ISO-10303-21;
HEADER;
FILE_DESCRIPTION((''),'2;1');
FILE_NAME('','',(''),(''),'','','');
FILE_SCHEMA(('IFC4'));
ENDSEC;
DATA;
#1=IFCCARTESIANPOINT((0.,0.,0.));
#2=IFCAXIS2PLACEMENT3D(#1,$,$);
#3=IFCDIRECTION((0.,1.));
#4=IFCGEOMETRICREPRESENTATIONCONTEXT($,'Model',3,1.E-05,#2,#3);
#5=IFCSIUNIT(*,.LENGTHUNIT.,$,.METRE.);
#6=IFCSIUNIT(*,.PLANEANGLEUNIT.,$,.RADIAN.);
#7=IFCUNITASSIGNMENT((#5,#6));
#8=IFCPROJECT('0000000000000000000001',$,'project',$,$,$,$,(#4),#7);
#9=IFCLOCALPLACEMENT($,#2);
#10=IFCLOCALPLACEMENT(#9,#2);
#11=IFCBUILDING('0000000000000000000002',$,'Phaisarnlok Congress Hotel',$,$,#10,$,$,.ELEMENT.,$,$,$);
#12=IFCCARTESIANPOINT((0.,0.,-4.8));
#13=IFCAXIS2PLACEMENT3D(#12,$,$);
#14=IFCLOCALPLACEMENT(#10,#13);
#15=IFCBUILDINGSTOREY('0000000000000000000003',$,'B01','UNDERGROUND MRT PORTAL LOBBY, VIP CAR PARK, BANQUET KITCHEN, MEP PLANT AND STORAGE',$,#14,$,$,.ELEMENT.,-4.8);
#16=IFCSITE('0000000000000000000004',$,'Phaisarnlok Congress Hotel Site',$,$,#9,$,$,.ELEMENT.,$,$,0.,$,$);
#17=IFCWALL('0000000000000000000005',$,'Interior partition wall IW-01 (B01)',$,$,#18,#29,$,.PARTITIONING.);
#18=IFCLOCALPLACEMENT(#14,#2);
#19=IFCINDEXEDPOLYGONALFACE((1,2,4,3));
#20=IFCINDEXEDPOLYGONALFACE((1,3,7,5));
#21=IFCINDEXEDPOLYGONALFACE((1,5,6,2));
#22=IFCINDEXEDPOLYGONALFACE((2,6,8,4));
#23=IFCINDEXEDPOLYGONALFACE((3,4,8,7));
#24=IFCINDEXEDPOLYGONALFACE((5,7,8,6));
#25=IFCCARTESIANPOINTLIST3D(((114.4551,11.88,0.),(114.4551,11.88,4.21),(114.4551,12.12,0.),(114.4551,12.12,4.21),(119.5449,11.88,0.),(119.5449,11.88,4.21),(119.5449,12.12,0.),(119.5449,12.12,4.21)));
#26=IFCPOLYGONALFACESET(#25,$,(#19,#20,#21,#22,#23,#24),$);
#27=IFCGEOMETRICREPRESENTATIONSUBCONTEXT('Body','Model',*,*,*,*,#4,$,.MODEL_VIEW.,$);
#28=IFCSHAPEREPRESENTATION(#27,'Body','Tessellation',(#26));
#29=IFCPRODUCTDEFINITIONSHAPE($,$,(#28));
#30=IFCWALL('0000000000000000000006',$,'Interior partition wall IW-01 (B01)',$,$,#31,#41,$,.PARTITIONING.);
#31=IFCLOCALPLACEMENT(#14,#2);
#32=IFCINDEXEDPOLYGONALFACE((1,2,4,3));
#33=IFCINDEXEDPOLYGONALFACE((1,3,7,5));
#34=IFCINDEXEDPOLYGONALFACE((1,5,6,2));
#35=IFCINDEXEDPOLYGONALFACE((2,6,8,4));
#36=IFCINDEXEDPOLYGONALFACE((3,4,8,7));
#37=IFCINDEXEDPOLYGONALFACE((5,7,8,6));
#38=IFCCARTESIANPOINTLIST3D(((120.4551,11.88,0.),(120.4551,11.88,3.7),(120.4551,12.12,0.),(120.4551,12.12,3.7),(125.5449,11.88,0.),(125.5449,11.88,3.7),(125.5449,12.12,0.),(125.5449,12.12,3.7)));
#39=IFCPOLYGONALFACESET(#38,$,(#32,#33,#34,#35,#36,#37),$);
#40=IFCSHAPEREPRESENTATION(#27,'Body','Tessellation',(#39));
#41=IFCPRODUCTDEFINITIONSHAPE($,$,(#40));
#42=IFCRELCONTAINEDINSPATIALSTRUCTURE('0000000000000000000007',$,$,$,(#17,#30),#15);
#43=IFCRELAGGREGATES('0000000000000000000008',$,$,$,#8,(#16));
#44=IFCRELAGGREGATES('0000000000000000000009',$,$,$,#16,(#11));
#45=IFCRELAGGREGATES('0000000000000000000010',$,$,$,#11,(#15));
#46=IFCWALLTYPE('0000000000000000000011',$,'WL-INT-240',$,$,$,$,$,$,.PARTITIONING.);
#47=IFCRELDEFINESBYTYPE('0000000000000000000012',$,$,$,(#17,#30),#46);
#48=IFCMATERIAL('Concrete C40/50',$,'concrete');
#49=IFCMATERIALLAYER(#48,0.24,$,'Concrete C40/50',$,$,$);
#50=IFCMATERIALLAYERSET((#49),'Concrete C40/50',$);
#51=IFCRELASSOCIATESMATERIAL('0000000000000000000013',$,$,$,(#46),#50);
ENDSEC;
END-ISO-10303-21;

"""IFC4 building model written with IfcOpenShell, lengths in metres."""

from ifc_helpers import new_model, si_unit, direction, frame, frame_2d, origin, place, context, subcontext, project, spatial, rectangle, extrude, material, layer, layer_set, type_object, element, save


model = new_model("IFC4")

# Units and contexts
model_context = context("Model", 3, precision=1e-05, world=origin(), true_north=direction((0.0, 1.0)))
body_context = subcontext(model_context, "Body", "Model", "MODEL_VIEW")
ifc_project = project(units=[si_unit("LENGTHUNIT", "METRE"), si_unit("PLANEANGLEUNIT", "RADIAN")], contexts=[model_context])

# Site, building, storey
site_placement = place(None, origin())
site = spatial("IfcSite", under=ifc_project, at=site_placement, Name="Phaisarnlok Congress Hotel Site", CompositionType="ELEMENT", RefElevation=0.0)
building_placement = place(site_placement, origin())
building = spatial("IfcBuilding", under=site, at=building_placement, Name="Phaisarnlok Congress Hotel", CompositionType="ELEMENT")
storey_placement = place(building_placement, frame((0.0, 0.0, -4.8)))
storey = spatial("IfcBuildingStorey", under=building, at=storey_placement, Name="B01", Description="UNDERGROUND MRT PORTAL LOBBY, VIP CAR PARK, BANQUET KITCHEN, MEP PLANT AND STORAGE", CompositionType="ELEMENT", Elevation=-4.8)

# Shared definitions
ifc_material_1 = material(Name="Concrete C40/50", Category="concrete")

# Walls
ifc_layer_1 = layer(ifc_material_1, 0.24, Name="Concrete C40/50")
ifc_layer_set_1 = layer_set([ifc_layer_1], Name="Concrete C40/50")
wall_type_1 = type_object("IfcWallType", Name="WL-INT-240", PredefinedType="PARTITIONING", material=ifc_layer_set_1)
wall_1_placement = place(storey_placement, frame((114.4551, 12.0, 0.0), z_axis=(0.0, 0.0, 1.0), x_axis=(1.0, 0.0, 0.0)))
element("IfcWall", 1, at=wall_1_placement, inside=storey, type_object=wall_type_1, Name="Interior partition wall IW-01 (B01)", PredefinedType="PARTITIONING", context=body_context, shape_type="SweptSolid", body=[
    extrude(rectangle(XDim=5.0898, YDim=0.24, at=frame_2d((2.5449, 0.0))), origin(), (0.0, 0.0, 1.0), 4.21),
])
wall_2_placement = place(storey_placement, frame((120.4551, 12.0, 0.0), z_axis=(0.0, 0.0, 1.0), x_axis=(1.0, 0.0, 0.0)))
element("IfcWall", 2, at=wall_2_placement, inside=storey, type_object=wall_type_1, Name="Interior partition wall IW-01 (B01)", PredefinedType="PARTITIONING", context=body_context, shape_type="SweptSolid", body=[
    extrude(rectangle(XDim=5.0898, YDim=0.24, at=frame_2d((2.5449, 0.0))), origin(), (0.0, 0.0, 1.0), 3.7),
])

save(model, "model.ifc")
